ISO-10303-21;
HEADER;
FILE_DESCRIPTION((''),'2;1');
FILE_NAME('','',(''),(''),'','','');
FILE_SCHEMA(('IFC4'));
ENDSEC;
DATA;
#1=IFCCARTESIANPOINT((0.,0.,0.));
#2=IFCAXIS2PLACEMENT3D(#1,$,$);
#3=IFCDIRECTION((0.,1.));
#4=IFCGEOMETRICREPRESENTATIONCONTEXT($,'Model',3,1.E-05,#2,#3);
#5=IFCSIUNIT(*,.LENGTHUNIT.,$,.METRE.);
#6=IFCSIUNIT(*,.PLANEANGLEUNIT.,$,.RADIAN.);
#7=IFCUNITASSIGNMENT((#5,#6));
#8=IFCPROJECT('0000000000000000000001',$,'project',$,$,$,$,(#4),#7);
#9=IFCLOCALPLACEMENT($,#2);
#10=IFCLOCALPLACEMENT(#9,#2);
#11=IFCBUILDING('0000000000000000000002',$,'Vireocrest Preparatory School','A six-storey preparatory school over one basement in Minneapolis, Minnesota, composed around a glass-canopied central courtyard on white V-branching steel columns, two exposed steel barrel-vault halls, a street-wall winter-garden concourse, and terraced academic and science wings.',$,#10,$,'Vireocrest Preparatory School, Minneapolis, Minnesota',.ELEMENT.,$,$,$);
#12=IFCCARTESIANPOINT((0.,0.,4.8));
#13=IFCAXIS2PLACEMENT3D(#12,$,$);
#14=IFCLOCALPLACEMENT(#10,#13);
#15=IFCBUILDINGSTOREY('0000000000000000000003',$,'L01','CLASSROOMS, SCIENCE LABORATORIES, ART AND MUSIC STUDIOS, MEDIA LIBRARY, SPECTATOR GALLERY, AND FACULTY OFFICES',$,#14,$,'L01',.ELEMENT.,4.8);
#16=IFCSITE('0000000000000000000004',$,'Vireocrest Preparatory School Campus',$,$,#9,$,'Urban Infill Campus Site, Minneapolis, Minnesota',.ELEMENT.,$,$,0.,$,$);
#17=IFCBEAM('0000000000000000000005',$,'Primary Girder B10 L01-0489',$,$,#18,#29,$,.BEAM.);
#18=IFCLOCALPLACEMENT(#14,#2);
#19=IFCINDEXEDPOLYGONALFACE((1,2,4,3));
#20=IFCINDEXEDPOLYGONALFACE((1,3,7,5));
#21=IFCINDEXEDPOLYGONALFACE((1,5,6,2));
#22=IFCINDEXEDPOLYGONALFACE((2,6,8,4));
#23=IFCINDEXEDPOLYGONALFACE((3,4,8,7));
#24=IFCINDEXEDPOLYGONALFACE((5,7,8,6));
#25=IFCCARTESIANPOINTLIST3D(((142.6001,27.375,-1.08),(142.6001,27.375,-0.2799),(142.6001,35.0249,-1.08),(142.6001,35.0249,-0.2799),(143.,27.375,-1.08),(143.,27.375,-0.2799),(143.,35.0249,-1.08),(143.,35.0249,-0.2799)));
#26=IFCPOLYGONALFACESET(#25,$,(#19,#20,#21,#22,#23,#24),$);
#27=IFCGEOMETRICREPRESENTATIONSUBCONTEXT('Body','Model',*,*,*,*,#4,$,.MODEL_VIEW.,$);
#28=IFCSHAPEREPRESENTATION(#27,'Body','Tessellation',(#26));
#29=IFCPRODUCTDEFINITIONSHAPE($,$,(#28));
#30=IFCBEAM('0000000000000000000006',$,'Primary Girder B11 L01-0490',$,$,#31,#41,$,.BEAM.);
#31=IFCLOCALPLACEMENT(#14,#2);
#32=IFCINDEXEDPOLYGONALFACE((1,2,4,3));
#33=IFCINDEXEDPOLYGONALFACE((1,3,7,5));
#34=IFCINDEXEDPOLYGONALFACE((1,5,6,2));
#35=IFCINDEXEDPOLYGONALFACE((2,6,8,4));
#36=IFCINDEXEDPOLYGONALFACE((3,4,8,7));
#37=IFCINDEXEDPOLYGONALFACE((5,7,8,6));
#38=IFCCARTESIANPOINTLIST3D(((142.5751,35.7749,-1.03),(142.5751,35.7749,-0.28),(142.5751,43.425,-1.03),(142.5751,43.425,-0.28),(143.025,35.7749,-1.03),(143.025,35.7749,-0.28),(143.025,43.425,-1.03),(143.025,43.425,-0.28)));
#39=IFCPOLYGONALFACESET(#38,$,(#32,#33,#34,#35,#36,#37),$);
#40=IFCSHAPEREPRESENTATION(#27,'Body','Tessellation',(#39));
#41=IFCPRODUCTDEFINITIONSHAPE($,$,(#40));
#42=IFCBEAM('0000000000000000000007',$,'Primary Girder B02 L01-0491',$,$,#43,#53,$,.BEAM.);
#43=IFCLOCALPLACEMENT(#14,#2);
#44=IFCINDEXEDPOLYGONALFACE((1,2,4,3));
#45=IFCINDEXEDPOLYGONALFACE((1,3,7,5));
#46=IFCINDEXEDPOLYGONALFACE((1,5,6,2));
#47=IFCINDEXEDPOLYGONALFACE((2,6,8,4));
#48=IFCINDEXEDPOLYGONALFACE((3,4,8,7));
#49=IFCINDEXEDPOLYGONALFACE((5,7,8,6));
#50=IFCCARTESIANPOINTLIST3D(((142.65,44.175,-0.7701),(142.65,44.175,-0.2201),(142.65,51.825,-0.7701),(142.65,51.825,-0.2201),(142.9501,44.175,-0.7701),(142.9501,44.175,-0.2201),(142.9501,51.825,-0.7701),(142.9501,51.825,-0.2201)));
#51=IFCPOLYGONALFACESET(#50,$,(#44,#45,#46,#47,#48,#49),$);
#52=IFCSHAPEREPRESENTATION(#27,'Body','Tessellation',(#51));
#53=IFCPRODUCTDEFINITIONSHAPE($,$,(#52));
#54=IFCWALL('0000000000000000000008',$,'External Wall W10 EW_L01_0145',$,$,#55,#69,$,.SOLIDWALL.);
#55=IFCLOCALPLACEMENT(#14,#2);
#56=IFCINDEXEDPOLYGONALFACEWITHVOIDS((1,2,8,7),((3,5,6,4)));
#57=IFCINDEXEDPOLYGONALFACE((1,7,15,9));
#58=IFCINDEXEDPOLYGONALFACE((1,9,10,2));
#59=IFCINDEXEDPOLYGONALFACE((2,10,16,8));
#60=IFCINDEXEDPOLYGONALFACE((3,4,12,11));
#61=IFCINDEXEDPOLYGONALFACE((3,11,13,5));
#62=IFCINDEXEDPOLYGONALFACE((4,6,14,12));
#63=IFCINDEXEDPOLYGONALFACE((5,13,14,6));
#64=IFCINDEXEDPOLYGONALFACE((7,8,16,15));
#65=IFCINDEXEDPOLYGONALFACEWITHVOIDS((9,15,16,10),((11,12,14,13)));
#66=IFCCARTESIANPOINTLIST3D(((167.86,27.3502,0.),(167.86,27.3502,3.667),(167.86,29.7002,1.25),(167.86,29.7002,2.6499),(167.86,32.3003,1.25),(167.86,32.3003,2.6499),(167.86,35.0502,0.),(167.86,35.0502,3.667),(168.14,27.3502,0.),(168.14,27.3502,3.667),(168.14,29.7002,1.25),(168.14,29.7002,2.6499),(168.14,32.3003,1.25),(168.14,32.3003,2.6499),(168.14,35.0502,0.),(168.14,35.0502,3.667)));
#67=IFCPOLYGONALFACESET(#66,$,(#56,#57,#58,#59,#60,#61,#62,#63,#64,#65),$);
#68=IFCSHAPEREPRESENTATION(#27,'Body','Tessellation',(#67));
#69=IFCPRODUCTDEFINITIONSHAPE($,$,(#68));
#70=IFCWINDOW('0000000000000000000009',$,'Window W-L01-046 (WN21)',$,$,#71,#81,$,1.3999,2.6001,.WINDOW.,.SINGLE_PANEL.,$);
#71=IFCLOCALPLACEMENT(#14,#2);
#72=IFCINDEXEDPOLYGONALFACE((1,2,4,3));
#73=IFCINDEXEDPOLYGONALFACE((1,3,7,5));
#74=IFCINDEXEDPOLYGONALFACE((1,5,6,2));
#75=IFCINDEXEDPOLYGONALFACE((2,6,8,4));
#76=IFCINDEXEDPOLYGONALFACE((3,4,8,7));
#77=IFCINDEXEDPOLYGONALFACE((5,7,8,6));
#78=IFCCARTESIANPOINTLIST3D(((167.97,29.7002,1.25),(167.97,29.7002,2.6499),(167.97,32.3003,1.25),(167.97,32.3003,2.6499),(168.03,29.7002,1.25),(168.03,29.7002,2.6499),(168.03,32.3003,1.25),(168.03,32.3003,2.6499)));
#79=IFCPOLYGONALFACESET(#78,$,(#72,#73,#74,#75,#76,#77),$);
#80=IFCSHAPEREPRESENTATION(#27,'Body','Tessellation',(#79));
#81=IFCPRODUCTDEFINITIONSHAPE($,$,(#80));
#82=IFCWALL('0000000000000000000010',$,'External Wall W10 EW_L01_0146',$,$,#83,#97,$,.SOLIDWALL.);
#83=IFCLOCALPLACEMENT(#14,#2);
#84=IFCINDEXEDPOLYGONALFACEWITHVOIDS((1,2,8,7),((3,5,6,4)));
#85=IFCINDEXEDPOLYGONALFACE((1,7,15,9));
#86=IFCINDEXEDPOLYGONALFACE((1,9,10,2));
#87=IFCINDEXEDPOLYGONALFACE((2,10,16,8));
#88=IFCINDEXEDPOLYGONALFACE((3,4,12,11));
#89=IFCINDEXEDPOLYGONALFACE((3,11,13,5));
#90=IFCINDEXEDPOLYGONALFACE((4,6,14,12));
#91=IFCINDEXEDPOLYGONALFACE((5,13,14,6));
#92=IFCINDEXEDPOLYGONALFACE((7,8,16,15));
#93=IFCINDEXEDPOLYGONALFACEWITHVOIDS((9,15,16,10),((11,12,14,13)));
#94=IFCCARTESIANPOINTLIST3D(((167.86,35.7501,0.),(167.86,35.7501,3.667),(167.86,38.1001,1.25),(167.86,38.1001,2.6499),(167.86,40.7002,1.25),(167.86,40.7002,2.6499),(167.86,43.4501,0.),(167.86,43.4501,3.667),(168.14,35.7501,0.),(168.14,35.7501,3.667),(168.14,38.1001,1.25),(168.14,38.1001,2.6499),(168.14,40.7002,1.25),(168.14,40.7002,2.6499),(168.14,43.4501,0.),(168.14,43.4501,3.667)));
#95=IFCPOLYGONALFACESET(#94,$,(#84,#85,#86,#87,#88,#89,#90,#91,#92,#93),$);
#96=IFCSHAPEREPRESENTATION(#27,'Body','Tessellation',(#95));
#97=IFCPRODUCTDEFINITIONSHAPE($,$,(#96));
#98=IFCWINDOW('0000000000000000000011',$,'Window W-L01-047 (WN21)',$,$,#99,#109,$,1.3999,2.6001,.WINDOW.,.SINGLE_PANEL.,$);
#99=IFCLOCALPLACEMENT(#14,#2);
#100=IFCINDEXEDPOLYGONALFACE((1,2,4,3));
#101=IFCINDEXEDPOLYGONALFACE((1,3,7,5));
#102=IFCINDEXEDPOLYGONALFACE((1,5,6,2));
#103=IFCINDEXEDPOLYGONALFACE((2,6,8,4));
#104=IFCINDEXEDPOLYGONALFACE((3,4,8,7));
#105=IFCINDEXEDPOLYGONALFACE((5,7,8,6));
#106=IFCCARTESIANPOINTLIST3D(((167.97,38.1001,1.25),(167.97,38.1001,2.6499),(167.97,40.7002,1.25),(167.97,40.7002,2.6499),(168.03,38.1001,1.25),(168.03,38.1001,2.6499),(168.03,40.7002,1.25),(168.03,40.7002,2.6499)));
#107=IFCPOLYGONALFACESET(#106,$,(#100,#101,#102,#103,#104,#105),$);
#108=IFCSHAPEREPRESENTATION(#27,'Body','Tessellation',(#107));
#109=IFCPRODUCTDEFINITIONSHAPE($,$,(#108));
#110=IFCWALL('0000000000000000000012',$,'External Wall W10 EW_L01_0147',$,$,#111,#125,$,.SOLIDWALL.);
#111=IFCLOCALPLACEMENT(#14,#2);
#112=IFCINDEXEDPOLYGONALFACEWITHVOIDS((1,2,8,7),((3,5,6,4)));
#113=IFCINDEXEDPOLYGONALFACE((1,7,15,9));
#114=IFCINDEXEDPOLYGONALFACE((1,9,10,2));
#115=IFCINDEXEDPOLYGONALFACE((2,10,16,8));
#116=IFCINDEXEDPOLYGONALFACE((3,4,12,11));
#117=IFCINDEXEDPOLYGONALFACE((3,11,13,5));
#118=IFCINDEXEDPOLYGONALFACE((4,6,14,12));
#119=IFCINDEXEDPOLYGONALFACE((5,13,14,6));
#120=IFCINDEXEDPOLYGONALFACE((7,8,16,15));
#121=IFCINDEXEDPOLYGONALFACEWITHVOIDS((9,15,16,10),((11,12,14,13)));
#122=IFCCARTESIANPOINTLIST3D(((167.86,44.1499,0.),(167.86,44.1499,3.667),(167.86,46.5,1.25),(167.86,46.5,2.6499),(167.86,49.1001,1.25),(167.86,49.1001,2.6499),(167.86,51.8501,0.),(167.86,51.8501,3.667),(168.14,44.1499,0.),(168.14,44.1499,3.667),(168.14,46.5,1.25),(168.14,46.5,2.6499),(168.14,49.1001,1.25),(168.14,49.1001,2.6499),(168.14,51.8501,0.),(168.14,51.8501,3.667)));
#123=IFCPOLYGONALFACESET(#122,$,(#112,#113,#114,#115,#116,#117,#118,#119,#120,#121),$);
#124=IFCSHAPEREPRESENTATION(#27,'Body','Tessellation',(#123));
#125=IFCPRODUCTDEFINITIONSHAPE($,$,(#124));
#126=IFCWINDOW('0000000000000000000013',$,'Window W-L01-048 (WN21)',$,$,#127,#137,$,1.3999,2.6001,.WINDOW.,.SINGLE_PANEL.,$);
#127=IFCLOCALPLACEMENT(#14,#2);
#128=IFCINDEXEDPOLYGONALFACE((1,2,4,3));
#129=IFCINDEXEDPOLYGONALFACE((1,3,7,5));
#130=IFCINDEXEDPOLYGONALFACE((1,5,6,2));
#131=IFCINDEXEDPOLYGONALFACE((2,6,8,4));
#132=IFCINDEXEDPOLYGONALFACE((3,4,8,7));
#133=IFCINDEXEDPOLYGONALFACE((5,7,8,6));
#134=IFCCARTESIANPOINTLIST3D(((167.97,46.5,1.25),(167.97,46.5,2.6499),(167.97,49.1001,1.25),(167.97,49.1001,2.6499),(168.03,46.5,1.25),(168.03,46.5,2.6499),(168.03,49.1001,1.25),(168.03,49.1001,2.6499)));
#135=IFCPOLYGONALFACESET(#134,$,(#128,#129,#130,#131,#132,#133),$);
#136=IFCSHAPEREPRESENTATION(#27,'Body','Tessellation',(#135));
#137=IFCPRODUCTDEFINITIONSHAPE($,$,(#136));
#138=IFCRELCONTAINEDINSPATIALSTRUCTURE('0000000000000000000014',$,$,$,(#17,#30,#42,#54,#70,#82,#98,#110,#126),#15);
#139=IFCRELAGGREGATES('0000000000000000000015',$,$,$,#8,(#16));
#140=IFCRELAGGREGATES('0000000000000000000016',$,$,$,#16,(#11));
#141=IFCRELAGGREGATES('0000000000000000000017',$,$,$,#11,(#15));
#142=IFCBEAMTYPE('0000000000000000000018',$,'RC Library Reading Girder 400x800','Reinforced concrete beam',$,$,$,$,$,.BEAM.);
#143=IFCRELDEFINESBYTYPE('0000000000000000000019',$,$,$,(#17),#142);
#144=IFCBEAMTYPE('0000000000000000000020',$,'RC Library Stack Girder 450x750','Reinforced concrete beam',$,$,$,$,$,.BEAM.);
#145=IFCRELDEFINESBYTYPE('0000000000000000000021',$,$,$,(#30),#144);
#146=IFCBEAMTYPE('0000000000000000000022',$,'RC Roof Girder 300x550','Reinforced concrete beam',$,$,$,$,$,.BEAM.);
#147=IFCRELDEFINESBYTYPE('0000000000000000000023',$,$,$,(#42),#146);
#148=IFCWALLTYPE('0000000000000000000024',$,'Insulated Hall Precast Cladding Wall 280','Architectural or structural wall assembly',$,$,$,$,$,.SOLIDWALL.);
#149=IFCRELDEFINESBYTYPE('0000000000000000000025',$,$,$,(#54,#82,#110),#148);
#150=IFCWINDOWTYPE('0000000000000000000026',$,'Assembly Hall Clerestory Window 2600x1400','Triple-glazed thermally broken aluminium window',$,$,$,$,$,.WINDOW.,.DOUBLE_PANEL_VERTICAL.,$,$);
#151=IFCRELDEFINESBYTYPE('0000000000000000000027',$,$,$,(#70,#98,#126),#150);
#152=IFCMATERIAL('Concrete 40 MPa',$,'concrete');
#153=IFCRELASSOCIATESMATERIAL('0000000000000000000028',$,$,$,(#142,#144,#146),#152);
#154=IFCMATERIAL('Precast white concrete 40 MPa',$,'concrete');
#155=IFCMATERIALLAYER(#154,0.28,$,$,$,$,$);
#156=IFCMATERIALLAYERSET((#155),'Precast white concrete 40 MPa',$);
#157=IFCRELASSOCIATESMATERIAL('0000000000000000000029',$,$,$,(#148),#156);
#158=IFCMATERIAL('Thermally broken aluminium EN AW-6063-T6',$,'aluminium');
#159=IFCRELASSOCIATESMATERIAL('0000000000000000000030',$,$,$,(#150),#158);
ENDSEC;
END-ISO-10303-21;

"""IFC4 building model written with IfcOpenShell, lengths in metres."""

from ifc_helpers import new_model, si_unit, direction, frame, frame_2d, origin, origin_2d, place, context, subcontext, project, spatial, rectangle, extrude, material, layer, layer_set, material_profile, profile_set, type_object, element, fill, save


model = new_model("IFC4")

# Units and contexts
model_context = context("Model", 3, precision=1e-05, world=origin(), true_north=direction((0.0, 1.0)))
body_context = subcontext(model_context, "Body", "Model", "MODEL_VIEW")
ifc_project = project(units=[si_unit("LENGTHUNIT", "METRE"), si_unit("PLANEANGLEUNIT", "RADIAN")], contexts=[model_context])

# Site, building, storey
site_placement = place(None, origin())
site = spatial("IfcSite", under=ifc_project, at=site_placement, Name="Vireocrest Preparatory School Campus", LongName="Urban Infill Campus Site, Minneapolis, Minnesota", CompositionType="ELEMENT", RefElevation=0.0)
building_placement = place(site_placement, origin())
building = spatial("IfcBuilding", under=site, at=building_placement, Name="Vireocrest Preparatory School", Description="A six-storey preparatory school over one basement in Minneapolis, Minnesota, composed around a glass-canopied central courtyard on white V-branching steel columns, two exposed steel barrel-vault halls, a street-wall winter-garden concourse, and terraced academic and science wings.", LongName="Vireocrest Preparatory School, Minneapolis, Minnesota", CompositionType="ELEMENT")
storey_placement = place(building_placement, frame((0.0, 0.0, 4.8)))
storey = spatial("IfcBuildingStorey", under=building, at=storey_placement, Name="L01", Description="CLASSROOMS, SCIENCE LABORATORIES, ART AND MUSIC STUDIOS, MEDIA LIBRARY, SPECTATOR GALLERY, AND FACULTY OFFICES", LongName="L01", CompositionType="ELEMENT", Elevation=4.8)

# Beams
ifc_material_1 = material(Name="Concrete 40 MPa", Category="concrete")
ifc_material_profile_1 = material_profile(ifc_material_1, rectangle(XDim=0.3999, YDim=0.8, at=origin_2d()), Name="RC 400x800")
ifc_profile_set_1 = profile_set([ifc_material_profile_1], Name="Concrete 40 MPa")
beam_type_1 = type_object("IfcBeamType", Name="RC Library Reading Girder 400x800", Description="Reinforced concrete beam", PredefinedType="BEAM", material=ifc_profile_set_1)
beam_1_placement = place(storey_placement, frame((142.8, 27.375, -0.6799), z_axis=(0.0, 1.0, 0.0), x_axis=(-1.0, 0.0, 0.0)))
element("IfcBeam", 1, at=beam_1_placement, inside=storey, type_object=beam_type_1, Name="Primary Girder B10 L01-0489", PredefinedType="BEAM", context=body_context, shape_type="SweptSolid", body=[
    extrude(rectangle(XDim=0.3999, YDim=0.8, at=origin_2d()), origin(), (0.0, 0.0, 1.0), 7.6499),
])
ifc_material_profile_2 = material_profile(ifc_material_1, rectangle(XDim=0.45, YDim=0.75, at=origin_2d()), Name="RC 450x750")
ifc_profile_set_2 = profile_set([ifc_material_profile_2], Name="Concrete 40 MPa")
beam_type_2 = type_object("IfcBeamType", Name="RC Library Stack Girder 450x750", Description="Reinforced concrete beam", PredefinedType="BEAM", material=ifc_profile_set_2)
beam_2_placement = place(storey_placement, frame((142.8, 35.7749, -0.655), z_axis=(0.0, 1.0, 0.0), x_axis=(-1.0, 0.0, 0.0)))
element("IfcBeam", 2, at=beam_2_placement, inside=storey, type_object=beam_type_2, Name="Primary Girder B11 L01-0490", PredefinedType="BEAM", context=body_context, shape_type="SweptSolid", body=[
    extrude(rectangle(XDim=0.45, YDim=0.75, at=origin_2d()), origin(), (0.0, 0.0, 1.0), 7.6501),
])
ifc_material_profile_3 = material_profile(ifc_material_1, rectangle(XDim=0.3, YDim=0.55, at=origin_2d()), Name="RC 300x550")
ifc_profile_set_3 = profile_set([ifc_material_profile_3], Name="Concrete 40 MPa")
beam_type_3 = type_object("IfcBeamType", Name="RC Roof Girder 300x550", Description="Reinforced concrete beam", PredefinedType="BEAM", material=ifc_profile_set_3)
beam_3_placement = place(storey_placement, frame((142.8, 44.175, -0.4951), z_axis=(0.0, 1.0, 0.0), x_axis=(-1.0, 0.0, 0.0)))
element("IfcBeam", 3, at=beam_3_placement, inside=storey, type_object=beam_type_3, Name="Primary Girder B02 L01-0491", PredefinedType="BEAM", context=body_context, shape_type="SweptSolid", body=[
    extrude(rectangle(XDim=0.3, YDim=0.55, at=origin_2d()), origin(), (0.0, 0.0, 1.0), 7.6499),
])

# Walls, openings, windows
ifc_material_2 = material(Name="Precast white concrete 40 MPa", Category="concrete")
ifc_layer = layer(ifc_material_2, 0.28)
ifc_layer_set = layer_set([ifc_layer], Name="Precast white concrete 40 MPa")
wall_type = type_object("IfcWallType", Name="Insulated Hall Precast Cladding Wall 280", Description="Architectural or structural wall assembly", PredefinedType="SOLIDWALL", material=ifc_layer_set)
wall_1_placement = place(storey_placement, frame((168.0, 27.3501, 0.0), z_axis=(0.0, 0.0, 1.0), x_axis=(0.0, 1.0, 0.0)))
wall_1 = element("IfcWall", 4, at=wall_1_placement, inside=storey, type_object=wall_type, Name="External Wall W10 EW_L01_0145", PredefinedType="SOLIDWALL", context=body_context, shape_type="SweptSolid", body=[
    extrude(rectangle(XDim=7.7, YDim=0.28, at=frame_2d((3.8501, 0.0))), origin(), (0.0, 0.0, 1.0), 3.667),
])
opening_1_placement = place(wall_1_placement, frame((2.3501, 0.0, 1.25)))
opening_1 = element("IfcOpeningElement", 5, at=opening_1_placement, cuts=wall_1, PredefinedType="OPENING", context=body_context, shape_type="SweptSolid", body=[
    extrude(rectangle(XDim=2.6001, YDim=1.3999, at=frame_2d((1.3, 0.7))), frame((0.0, 0.1499, 0.0), z_axis=(0.0, -1.0, 0.0), x_axis=(1.0, 0.0, 0.0)), (0.0, 0.0, 1.0), 0.3),
])
ifc_material_3 = material(Name="Thermally broken aluminium EN AW-6063-T6", Category="aluminium")
window_type = type_object("IfcWindowType", Name="Assembly Hall Clerestory Window 2600x1400", Description="Triple-glazed thermally broken aluminium window", PartitioningType="DOUBLE_PANEL_VERTICAL", PredefinedType="WINDOW", material=ifc_material_3)
window_1_placement = place(opening_1_placement, origin())
window_1 = element("IfcWindow", 6, at=window_1_placement, inside=storey, type_object=window_type, Name="Window W-L01-046 (WN21)", OverallHeight=1.3999, OverallWidth=2.6001, PartitioningType="SINGLE_PANEL", PredefinedType="WINDOW", context=body_context, shape_type="SweptSolid", body=[
    extrude(rectangle(XDim=2.6001, YDim=1.3999, at=frame_2d((1.3, 0.7))), frame((0.0, 0.03, 0.0), z_axis=(0.0, -1.0, 0.0), x_axis=(1.0, 0.0, 0.0)), (0.0, 0.0, 1.0), 0.0601),
])
fill(opening_1, window_1)
wall_2_placement = place(storey_placement, frame((168.0, 35.75, 0.0), z_axis=(0.0, 0.0, 1.0), x_axis=(0.0, 1.0, 0.0)))
wall_2 = element("IfcWall", 7, at=wall_2_placement, inside=storey, type_object=wall_type, Name="External Wall W10 EW_L01_0146", PredefinedType="SOLIDWALL", context=body_context, shape_type="SweptSolid", body=[
    extrude(rectangle(XDim=7.7, YDim=0.28, at=frame_2d((3.8501, 0.0))), origin(), (0.0, 0.0, 1.0), 3.667),
])
opening_2_placement = place(wall_2_placement, frame((2.3501, 0.0, 1.25)))
opening_2 = element("IfcOpeningElement", 8, at=opening_2_placement, cuts=wall_2, PredefinedType="OPENING", context=body_context, shape_type="SweptSolid", body=[
    extrude(rectangle(XDim=2.6001, YDim=1.3999, at=frame_2d((1.3, 0.7))), frame((0.0, 0.1499, 0.0), z_axis=(0.0, -1.0, 0.0), x_axis=(1.0, 0.0, 0.0)), (0.0, 0.0, 1.0), 0.3),
])
window_2_placement = place(opening_2_placement, origin())
window_2 = element("IfcWindow", 9, at=window_2_placement, inside=storey, type_object=window_type, Name="Window W-L01-047 (WN21)", OverallHeight=1.3999, OverallWidth=2.6001, PartitioningType="SINGLE_PANEL", PredefinedType="WINDOW", context=body_context, shape_type="SweptSolid", body=[
    extrude(rectangle(XDim=2.6001, YDim=1.3999, at=frame_2d((1.3, 0.7))), frame((0.0, 0.03, 0.0), z_axis=(0.0, -1.0, 0.0), x_axis=(1.0, 0.0, 0.0)), (0.0, 0.0, 1.0), 0.0601),
])
fill(opening_2, window_2)
wall_3_placement = place(storey_placement, frame((168.0, 44.1499, 0.0), z_axis=(0.0, 0.0, 1.0), x_axis=(0.0, 1.0, 0.0)))
wall_3 = element("IfcWall", 10, at=wall_3_placement, inside=storey, type_object=wall_type, Name="External Wall W10 EW_L01_0147", PredefinedType="SOLIDWALL", context=body_context, shape_type="SweptSolid", body=[
    extrude(rectangle(XDim=7.7002, YDim=0.28, at=frame_2d((3.8501, 0.0))), origin(), (0.0, 0.0, 1.0), 3.667),
])
opening_3_placement = place(wall_3_placement, frame((2.3501, 0.0, 1.25)))
opening_3 = element("IfcOpeningElement", 11, at=opening_3_placement, cuts=wall_3, PredefinedType="OPENING", context=body_context, shape_type="SweptSolid", body=[
    extrude(rectangle(XDim=2.6001, YDim=1.3999, at=frame_2d((1.3, 0.7))), frame((0.0, 0.1499, 0.0), z_axis=(0.0, -1.0, 0.0), x_axis=(1.0, 0.0, 0.0)), (0.0, 0.0, 1.0), 0.3),
])
window_3_placement = place(opening_3_placement, origin())
window_3 = element("IfcWindow", 12, at=window_3_placement, inside=storey, type_object=window_type, Name="Window W-L01-048 (WN21)", OverallHeight=1.3999, OverallWidth=2.6001, PartitioningType="SINGLE_PANEL", PredefinedType="WINDOW", context=body_context, shape_type="SweptSolid", body=[
    extrude(rectangle(XDim=2.6001, YDim=1.3999, at=frame_2d((1.3, 0.7))), frame((0.0, 0.03, 0.0), z_axis=(0.0, -1.0, 0.0), x_axis=(1.0, 0.0, 0.0)), (0.0, 0.0, 1.0), 0.0601),
])
fill(opening_3, window_3)

save(model, "model.ifc")
